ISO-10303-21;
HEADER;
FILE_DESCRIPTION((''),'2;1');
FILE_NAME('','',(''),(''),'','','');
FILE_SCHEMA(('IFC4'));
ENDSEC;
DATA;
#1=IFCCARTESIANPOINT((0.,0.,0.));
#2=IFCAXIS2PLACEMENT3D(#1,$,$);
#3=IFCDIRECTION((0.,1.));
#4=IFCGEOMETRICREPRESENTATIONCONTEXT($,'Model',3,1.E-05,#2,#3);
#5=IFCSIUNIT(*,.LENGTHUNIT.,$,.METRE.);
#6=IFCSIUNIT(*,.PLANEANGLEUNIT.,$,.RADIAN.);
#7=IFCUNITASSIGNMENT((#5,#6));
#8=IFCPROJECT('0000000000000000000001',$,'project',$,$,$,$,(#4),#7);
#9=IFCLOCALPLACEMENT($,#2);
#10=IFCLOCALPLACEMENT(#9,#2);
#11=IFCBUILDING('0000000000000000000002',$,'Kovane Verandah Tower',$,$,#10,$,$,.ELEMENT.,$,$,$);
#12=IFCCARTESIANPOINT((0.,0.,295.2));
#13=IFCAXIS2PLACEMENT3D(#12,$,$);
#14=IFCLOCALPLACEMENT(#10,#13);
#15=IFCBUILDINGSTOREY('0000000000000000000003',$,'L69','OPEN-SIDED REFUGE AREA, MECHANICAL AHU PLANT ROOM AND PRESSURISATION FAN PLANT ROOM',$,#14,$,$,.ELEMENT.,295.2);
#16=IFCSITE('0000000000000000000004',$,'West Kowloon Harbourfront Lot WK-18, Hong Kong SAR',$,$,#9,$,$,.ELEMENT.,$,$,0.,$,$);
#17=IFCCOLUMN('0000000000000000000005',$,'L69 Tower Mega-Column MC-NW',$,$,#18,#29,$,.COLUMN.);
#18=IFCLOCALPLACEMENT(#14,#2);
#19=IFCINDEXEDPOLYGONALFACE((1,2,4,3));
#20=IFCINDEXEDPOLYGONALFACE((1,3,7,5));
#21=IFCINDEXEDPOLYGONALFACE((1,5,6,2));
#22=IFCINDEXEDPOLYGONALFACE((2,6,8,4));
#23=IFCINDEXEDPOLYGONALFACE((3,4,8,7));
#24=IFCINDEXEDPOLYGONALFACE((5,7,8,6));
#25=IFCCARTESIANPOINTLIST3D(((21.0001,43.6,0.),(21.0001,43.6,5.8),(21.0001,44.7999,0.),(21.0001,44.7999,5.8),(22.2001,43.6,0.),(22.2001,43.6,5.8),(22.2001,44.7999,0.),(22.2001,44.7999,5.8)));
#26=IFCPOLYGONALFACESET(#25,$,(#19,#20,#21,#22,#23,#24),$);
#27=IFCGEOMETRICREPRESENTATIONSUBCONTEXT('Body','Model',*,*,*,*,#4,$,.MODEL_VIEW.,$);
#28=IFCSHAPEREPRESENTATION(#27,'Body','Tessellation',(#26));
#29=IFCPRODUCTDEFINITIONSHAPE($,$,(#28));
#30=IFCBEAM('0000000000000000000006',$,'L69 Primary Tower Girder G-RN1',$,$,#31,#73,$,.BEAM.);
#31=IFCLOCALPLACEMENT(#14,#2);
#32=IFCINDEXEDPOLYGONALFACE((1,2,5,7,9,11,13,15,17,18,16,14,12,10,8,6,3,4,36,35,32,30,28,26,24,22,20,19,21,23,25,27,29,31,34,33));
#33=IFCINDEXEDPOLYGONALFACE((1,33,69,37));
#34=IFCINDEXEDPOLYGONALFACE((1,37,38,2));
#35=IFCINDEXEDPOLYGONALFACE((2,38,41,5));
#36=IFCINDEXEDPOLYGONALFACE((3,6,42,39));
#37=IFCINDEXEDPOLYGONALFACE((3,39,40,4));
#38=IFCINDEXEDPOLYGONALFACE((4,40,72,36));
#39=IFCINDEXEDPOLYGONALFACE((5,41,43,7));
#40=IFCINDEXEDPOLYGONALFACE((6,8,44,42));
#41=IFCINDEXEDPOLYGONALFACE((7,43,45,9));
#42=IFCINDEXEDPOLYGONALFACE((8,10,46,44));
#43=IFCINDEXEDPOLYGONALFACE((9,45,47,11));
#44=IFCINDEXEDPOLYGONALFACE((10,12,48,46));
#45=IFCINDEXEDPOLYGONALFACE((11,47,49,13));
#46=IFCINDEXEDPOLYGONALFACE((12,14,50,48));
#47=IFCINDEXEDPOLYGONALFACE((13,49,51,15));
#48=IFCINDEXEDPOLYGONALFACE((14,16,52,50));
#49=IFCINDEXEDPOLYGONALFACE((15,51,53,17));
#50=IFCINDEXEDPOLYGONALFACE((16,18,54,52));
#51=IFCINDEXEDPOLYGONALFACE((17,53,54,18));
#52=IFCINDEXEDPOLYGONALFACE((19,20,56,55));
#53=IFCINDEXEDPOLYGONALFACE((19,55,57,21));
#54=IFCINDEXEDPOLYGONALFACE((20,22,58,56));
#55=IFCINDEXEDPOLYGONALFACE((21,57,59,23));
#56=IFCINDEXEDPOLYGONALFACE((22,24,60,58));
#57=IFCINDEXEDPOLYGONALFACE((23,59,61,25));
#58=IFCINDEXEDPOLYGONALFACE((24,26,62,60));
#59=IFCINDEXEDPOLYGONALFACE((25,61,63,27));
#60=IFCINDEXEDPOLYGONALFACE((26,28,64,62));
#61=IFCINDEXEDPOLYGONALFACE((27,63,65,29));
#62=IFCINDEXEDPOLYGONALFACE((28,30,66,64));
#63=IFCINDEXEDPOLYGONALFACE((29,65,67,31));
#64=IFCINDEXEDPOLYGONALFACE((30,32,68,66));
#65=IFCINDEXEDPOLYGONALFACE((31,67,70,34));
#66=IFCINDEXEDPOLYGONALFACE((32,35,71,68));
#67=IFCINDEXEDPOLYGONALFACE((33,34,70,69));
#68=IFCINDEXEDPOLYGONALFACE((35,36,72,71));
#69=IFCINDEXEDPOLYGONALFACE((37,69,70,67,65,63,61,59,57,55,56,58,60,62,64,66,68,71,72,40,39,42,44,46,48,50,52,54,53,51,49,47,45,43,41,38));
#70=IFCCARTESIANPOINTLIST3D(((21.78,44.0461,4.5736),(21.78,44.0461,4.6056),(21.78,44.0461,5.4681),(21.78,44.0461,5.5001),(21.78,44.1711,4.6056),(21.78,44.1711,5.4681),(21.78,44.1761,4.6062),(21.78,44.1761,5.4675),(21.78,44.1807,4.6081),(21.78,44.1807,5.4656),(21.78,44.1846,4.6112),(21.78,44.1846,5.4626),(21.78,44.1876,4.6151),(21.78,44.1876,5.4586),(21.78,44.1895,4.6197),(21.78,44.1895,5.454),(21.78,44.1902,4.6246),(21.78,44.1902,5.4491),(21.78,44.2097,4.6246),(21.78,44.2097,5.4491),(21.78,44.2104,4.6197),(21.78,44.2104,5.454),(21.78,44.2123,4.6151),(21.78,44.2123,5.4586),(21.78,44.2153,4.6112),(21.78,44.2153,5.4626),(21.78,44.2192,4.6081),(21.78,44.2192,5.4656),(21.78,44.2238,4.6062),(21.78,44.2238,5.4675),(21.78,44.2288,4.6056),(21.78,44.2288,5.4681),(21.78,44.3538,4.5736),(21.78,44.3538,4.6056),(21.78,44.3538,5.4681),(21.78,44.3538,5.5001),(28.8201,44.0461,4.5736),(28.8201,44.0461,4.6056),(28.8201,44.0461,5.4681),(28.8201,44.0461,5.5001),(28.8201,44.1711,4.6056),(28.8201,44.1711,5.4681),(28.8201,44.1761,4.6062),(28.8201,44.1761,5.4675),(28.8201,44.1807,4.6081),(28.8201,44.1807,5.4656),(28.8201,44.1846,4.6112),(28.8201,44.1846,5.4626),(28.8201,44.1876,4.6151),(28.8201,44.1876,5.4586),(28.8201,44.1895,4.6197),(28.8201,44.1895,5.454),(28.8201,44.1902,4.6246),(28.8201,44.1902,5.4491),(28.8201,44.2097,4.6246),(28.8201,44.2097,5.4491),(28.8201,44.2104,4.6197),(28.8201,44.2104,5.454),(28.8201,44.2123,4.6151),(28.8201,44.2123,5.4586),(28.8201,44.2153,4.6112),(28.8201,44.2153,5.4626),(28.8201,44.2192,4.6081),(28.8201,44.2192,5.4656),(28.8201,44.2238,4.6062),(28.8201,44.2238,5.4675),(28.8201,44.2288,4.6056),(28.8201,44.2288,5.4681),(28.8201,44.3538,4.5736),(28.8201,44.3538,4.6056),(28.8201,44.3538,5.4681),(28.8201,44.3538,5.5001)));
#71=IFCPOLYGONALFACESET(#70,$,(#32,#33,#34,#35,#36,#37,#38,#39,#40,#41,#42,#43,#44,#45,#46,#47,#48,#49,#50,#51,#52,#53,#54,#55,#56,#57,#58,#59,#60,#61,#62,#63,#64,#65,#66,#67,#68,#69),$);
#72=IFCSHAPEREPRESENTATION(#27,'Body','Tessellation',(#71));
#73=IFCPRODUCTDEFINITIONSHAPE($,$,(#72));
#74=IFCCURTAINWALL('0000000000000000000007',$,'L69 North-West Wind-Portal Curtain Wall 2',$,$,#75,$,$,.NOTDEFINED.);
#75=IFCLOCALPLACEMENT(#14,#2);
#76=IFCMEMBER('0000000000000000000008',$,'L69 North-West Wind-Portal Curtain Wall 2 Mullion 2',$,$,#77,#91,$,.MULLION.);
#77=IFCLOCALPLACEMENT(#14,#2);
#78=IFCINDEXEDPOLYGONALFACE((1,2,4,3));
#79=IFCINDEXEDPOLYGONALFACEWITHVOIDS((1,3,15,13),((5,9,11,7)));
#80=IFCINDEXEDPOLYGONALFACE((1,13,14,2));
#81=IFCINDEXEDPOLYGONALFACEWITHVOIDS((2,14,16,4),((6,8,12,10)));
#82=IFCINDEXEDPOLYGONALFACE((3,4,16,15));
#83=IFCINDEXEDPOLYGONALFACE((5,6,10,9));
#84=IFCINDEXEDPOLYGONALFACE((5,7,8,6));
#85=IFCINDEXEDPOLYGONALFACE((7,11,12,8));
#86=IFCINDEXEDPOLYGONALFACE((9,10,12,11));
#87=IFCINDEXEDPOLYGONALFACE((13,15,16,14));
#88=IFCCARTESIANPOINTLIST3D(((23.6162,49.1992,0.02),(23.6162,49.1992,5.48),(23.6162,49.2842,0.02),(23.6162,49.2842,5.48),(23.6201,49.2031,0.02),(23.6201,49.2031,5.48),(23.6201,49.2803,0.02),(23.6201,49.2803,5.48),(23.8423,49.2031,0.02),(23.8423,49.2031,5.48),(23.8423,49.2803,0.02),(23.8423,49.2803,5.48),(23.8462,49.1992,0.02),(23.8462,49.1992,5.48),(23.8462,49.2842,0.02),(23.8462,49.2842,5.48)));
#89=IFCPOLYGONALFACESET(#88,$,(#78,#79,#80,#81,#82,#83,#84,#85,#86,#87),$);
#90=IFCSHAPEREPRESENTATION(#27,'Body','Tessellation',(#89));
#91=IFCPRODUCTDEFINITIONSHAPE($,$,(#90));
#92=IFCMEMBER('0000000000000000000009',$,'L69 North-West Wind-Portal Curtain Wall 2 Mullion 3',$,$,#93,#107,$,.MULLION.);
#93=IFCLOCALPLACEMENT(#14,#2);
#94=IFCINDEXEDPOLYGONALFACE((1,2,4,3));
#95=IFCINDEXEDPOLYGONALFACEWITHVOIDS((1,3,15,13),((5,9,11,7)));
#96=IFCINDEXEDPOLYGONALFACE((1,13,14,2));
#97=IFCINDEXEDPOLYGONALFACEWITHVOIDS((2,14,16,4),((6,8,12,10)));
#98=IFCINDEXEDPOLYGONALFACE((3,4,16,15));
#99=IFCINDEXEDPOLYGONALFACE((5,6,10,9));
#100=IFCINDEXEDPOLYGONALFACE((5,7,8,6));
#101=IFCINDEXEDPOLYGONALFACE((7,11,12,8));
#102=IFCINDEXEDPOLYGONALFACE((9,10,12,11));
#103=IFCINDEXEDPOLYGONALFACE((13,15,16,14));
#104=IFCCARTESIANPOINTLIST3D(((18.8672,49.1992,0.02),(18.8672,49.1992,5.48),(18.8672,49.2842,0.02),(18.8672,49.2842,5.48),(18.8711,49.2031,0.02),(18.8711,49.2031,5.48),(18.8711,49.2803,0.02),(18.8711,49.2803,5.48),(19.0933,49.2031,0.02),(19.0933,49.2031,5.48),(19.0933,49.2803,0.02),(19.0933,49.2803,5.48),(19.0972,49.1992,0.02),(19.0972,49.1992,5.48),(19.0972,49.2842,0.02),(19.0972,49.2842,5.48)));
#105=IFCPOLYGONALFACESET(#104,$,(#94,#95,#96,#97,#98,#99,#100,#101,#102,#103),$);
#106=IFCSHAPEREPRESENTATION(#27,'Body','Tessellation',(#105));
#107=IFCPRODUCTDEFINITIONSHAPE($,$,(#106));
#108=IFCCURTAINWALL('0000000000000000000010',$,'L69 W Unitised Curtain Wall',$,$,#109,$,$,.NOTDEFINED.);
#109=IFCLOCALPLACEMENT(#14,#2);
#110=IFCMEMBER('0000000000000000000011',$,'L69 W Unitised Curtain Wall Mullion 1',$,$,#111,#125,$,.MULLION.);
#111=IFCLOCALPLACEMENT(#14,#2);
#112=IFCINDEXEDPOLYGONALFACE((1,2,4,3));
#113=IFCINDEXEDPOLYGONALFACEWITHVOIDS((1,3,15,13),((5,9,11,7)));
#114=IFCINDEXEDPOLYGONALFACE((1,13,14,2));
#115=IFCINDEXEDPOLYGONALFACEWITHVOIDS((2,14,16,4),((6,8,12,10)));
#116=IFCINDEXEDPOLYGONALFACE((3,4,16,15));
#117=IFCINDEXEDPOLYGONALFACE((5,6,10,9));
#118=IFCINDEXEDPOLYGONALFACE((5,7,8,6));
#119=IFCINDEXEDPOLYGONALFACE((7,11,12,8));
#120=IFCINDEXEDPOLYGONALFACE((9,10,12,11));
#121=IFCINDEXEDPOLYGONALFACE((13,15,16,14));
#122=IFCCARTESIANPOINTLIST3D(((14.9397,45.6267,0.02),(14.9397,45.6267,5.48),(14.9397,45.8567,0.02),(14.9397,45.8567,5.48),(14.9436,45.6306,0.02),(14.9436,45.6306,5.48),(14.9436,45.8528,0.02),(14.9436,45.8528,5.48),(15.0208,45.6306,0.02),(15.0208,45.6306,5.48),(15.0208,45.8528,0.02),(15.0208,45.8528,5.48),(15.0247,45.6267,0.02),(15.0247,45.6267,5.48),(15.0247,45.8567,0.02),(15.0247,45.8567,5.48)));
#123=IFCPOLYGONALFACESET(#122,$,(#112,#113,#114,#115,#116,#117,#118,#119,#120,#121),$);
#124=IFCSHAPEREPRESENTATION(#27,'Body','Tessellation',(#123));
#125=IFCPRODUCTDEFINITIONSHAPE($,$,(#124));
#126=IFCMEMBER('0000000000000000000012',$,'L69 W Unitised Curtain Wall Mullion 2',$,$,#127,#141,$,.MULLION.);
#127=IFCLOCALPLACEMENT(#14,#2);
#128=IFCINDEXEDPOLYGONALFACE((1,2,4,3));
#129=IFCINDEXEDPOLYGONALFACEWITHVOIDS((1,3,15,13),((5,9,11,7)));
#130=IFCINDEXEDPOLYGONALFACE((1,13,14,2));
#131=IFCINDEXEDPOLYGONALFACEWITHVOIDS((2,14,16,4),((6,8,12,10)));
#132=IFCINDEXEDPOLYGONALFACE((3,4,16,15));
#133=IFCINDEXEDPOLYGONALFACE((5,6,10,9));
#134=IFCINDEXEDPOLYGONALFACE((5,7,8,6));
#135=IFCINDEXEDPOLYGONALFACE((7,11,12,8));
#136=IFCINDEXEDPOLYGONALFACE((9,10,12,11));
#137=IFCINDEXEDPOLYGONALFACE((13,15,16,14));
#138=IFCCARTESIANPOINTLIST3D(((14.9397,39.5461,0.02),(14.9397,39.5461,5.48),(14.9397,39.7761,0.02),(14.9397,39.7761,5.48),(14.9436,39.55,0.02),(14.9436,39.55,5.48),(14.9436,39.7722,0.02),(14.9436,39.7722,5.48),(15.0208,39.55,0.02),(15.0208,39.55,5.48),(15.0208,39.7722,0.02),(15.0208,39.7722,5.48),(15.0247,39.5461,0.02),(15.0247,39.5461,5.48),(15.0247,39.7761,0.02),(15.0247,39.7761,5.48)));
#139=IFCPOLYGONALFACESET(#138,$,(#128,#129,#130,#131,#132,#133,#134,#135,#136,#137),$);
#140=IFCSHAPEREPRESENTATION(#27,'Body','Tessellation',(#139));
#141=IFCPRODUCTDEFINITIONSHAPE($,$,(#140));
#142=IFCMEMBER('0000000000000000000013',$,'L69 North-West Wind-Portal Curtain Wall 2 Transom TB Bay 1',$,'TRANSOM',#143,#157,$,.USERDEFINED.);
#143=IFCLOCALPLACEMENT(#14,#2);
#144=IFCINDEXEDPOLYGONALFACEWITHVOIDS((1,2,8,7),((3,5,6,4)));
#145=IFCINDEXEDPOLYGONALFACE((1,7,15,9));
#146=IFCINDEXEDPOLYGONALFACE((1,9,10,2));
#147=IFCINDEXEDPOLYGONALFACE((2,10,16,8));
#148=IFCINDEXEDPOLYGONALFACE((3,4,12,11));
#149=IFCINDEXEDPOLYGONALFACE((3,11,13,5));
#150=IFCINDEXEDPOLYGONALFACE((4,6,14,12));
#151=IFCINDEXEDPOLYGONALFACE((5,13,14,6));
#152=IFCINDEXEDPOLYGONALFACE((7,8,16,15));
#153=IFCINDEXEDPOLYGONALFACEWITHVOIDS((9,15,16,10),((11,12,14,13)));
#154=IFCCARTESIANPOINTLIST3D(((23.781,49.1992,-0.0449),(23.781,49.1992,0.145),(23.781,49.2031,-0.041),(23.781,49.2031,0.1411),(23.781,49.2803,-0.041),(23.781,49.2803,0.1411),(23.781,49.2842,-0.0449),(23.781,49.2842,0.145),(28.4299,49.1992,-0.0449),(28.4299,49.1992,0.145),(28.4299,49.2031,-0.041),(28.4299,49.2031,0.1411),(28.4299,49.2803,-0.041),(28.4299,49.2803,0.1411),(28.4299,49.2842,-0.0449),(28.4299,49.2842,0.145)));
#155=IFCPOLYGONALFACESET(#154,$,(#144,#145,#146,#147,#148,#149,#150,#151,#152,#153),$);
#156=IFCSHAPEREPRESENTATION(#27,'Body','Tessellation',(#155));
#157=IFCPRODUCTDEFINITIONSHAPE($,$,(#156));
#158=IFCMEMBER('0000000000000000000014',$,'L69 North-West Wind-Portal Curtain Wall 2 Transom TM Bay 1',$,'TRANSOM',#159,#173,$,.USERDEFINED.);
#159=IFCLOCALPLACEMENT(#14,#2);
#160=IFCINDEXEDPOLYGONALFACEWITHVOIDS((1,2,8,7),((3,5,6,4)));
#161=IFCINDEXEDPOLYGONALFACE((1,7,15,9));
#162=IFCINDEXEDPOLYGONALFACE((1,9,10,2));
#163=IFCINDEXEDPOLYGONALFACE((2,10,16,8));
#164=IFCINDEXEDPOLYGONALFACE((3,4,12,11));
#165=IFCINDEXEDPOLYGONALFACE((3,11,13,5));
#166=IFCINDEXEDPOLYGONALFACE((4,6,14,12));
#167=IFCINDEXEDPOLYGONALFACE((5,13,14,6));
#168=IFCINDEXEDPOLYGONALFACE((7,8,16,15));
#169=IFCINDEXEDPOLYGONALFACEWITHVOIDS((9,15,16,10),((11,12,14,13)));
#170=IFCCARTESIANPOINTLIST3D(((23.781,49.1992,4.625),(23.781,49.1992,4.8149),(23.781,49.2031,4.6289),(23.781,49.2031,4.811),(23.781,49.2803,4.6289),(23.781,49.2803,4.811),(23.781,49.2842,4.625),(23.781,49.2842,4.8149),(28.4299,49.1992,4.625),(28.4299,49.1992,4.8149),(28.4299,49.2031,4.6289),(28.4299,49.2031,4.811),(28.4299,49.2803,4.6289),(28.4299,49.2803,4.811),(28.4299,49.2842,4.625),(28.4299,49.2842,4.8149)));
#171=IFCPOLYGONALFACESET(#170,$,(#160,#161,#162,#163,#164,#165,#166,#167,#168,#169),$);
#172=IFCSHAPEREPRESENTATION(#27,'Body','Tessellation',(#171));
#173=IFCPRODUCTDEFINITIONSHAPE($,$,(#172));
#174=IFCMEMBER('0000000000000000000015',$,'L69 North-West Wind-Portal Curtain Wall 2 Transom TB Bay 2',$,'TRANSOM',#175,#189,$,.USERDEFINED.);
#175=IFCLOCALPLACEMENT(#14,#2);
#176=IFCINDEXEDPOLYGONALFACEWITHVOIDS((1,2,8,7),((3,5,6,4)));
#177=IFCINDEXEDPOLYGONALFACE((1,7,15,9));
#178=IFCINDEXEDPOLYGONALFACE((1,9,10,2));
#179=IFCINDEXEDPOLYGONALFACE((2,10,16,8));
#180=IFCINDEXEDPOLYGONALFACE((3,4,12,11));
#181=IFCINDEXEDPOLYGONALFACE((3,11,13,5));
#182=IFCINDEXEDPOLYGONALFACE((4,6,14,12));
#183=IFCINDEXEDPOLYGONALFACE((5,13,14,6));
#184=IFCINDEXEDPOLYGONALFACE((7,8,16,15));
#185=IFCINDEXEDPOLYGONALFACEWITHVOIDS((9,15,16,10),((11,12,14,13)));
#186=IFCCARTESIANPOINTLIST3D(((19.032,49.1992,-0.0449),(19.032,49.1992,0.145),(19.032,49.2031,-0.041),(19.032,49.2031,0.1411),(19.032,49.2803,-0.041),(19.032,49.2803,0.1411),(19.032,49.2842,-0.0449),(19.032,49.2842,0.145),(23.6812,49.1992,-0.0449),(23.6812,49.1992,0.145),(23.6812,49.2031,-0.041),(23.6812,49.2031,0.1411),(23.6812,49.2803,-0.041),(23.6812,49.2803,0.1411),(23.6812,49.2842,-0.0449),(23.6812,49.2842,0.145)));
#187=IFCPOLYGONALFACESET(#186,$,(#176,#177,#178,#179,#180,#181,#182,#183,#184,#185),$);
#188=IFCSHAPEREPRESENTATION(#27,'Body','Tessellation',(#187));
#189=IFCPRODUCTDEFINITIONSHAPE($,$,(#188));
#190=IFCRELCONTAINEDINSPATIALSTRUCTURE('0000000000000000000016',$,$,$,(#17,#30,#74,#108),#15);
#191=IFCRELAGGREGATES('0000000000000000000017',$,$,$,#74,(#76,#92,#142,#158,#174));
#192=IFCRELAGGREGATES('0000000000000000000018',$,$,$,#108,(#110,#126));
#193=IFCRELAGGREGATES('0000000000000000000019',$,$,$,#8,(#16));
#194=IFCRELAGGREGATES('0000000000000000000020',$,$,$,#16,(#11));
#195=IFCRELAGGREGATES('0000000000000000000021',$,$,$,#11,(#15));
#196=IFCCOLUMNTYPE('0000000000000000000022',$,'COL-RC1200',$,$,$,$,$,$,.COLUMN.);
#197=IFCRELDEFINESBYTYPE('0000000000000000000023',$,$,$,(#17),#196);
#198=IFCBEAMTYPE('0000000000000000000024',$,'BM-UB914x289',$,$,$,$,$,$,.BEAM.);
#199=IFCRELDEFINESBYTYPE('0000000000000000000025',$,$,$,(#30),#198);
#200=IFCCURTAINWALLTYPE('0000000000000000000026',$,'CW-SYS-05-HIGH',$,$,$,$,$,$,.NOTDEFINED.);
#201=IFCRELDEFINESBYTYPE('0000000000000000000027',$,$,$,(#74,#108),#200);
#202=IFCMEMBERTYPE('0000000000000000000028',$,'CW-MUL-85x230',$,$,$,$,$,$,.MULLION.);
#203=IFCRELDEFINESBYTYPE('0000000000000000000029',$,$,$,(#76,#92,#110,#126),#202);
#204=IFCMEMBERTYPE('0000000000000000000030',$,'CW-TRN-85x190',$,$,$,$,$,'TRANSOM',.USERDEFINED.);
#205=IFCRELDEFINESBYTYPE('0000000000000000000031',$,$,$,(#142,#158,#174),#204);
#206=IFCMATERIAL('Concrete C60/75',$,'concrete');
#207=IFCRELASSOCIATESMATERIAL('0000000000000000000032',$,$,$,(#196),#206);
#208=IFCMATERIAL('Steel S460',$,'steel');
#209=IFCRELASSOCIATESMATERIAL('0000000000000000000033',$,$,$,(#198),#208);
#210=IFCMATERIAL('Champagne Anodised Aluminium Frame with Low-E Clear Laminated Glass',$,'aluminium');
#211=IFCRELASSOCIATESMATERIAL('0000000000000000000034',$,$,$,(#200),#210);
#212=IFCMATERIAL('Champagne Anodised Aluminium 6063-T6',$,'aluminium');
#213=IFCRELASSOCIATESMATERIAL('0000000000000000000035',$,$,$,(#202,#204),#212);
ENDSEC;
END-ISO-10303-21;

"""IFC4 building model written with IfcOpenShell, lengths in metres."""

from ifc_helpers import new_model, si_unit, direction, frame, origin, origin_2d, place, context, subcontext, project, spatial, rectangle, hollow_rectangle, i_section, extrude, material, material_profile, profile_set, type_object, element, aggregate, save


model = new_model("IFC4")

# Units and contexts
model_context = context("Model", 3, precision=1e-05, world=origin(), true_north=direction((0.0, 1.0)))
body_context = subcontext(model_context, "Body", "Model", "MODEL_VIEW")
ifc_project = project(units=[si_unit("LENGTHUNIT", "METRE"), si_unit("PLANEANGLEUNIT", "RADIAN")], contexts=[model_context])

# Site, building, storey
site_placement = place(None, origin())
site = spatial("IfcSite", under=ifc_project, at=site_placement, Name="West Kowloon Harbourfront Lot WK-18, Hong Kong SAR", CompositionType="ELEMENT", RefElevation=0.0)
building_placement = place(site_placement, origin())
building = spatial("IfcBuilding", under=site, at=building_placement, Name="Kovane Verandah Tower", CompositionType="ELEMENT")
storey_placement = place(building_placement, frame((0.0, 0.0, 295.2)))
storey = spatial("IfcBuildingStorey", under=building, at=storey_placement, Name="L69", Description="OPEN-SIDED REFUGE AREA, MECHANICAL AHU PLANT ROOM AND PRESSURISATION FAN PLANT ROOM", CompositionType="ELEMENT", Elevation=295.2)

# Column
ifc_material_1 = material(Name="Concrete C60/75", Category="concrete")
ifc_material_profile_1 = material_profile(ifc_material_1, rectangle(XDim=1.2, YDim=1.2, at=origin_2d()), Name="RC1200x1200")
ifc_profile_set_1 = profile_set([ifc_material_profile_1], Name="Concrete C60/75")
column_type = type_object("IfcColumnType", Name="COL-RC1200", PredefinedType="COLUMN", material=ifc_profile_set_1)
column_placement = place(storey_placement, frame((21.6001, 44.2, 0.0), z_axis=(0.0, 0.0, 1.0), x_axis=(1.0, 0.0, 0.0)))
element("IfcColumn", 1, at=column_placement, inside=storey, type_object=column_type, Name="L69 Tower Mega-Column MC-NW", PredefinedType="COLUMN", context=body_context, shape_type="SweptSolid", body=[
    extrude(rectangle(XDim=1.2, YDim=1.2, at=origin_2d()), origin(), (0.0, 0.0, 1.0), 5.8),
])

# Beam
ifc_material_2 = material(Name="Steel S460", Category="steel")
ifc_material_profile_2 = material_profile(ifc_material_2, i_section(OverallWidth=0.3076, OverallDepth=0.9265, WebThickness=0.0195, FlangeThickness=0.032, FilletRadius=0.019, at=origin_2d()), Name="UB914x305x289")
ifc_profile_set_2 = profile_set([ifc_material_profile_2], Name="Steel S460")
beam_type = type_object("IfcBeamType", Name="BM-UB914x289", PredefinedType="BEAM", material=ifc_profile_set_2)
beam_placement = place(storey_placement, frame((21.78, 44.2, 5.0369), z_axis=(1.0, 0.0, 0.0), x_axis=(0.0, 1.0, 0.0)))
element("IfcBeam", 2, at=beam_placement, inside=storey, type_object=beam_type, Name="L69 Primary Tower Girder G-RN1", PredefinedType="BEAM", context=body_context, shape_type="SweptSolid", body=[
    extrude(i_section(OverallWidth=0.3076, OverallDepth=0.9265, WebThickness=0.0195, FlangeThickness=0.032, FilletRadius=0.019, at=origin_2d()), origin(), (0.0, 0.0, 1.0), 7.04),
])

# Curtain walls, members
ifc_material_3 = material(Name="Champagne Anodised Aluminium Frame with Low-E Clear Laminated Glass", Category="aluminium")
curtain_wall_type = type_object("IfcCurtainWallType", Name="CW-SYS-05-HIGH", PredefinedType="NOTDEFINED", material=ifc_material_3)
curtain_wall_1_placement = place(storey_placement, origin())
curtain_wall_1 = element("IfcCurtainWall", 3, at=curtain_wall_1_placement, inside=storey, type_object=curtain_wall_type, Name="L69 North-West Wind-Portal Curtain Wall 2", PredefinedType="NOTDEFINED")
ifc_material_4 = material(Name="Champagne Anodised Aluminium 6063-T6", Category="aluminium")
ifc_material_profile_3 = material_profile(ifc_material_4, hollow_rectangle(XDim=0.085, YDim=0.23, WallThickness=0.0039, at=origin_2d()), Name="AL85x230x4")
ifc_profile_set_3 = profile_set([ifc_material_profile_3], Name="Champagne Anodised Aluminium 6063-T6")
member_type_1 = type_object("IfcMemberType", Name="CW-MUL-85x230", PredefinedType="MULLION", material=ifc_profile_set_3)
member_1_placement = place(storey_placement, frame((23.7312, 49.2417, 0.02), z_axis=(0.0, 0.0, 1.0), x_axis=(0.0, 1.0, 0.0)))
member_1 = element("IfcMember", 4, at=member_1_placement, type_object=member_type_1, Name="L69 North-West Wind-Portal Curtain Wall 2 Mullion 2", PredefinedType="MULLION", context=body_context, shape_type="SweptSolid", body=[
    extrude(hollow_rectangle(XDim=0.085, YDim=0.23, WallThickness=0.0039, at=origin_2d()), origin(), (0.0, 0.0, 1.0), 5.46),
])
member_2_placement = place(storey_placement, frame((18.9822, 49.2417, 0.02), z_axis=(0.0, 0.0, 1.0), x_axis=(0.0, 1.0, 0.0)))
member_2 = element("IfcMember", 5, at=member_2_placement, type_object=member_type_1, Name="L69 North-West Wind-Portal Curtain Wall 2 Mullion 3", PredefinedType="MULLION", context=body_context, shape_type="SweptSolid", body=[
    extrude(hollow_rectangle(XDim=0.085, YDim=0.23, WallThickness=0.0039, at=origin_2d()), origin(), (0.0, 0.0, 1.0), 5.46),
])
curtain_wall_2_placement = place(storey_placement, origin())
curtain_wall_2 = element("IfcCurtainWall", 6, at=curtain_wall_2_placement, inside=storey, type_object=curtain_wall_type, Name="L69 W Unitised Curtain Wall", PredefinedType="NOTDEFINED")
member_3_placement = place(storey_placement, frame((14.9822, 45.7417, 0.02), z_axis=(0.0, 0.0, 1.0), x_axis=(-1.0, 0.0, 0.0)))
member_3 = element("IfcMember", 7, at=member_3_placement, type_object=member_type_1, Name="L69 W Unitised Curtain Wall Mullion 1", PredefinedType="MULLION", context=body_context, shape_type="SweptSolid", body=[
    extrude(hollow_rectangle(XDim=0.085, YDim=0.23, WallThickness=0.0039, at=origin_2d()), origin(), (0.0, 0.0, 1.0), 5.46),
])
member_4_placement = place(storey_placement, frame((14.9822, 39.6611, 0.02), z_axis=(0.0, 0.0, 1.0), x_axis=(-1.0, 0.0, 0.0)))
member_4 = element("IfcMember", 8, at=member_4_placement, type_object=member_type_1, Name="L69 W Unitised Curtain Wall Mullion 2", PredefinedType="MULLION", context=body_context, shape_type="SweptSolid", body=[
    extrude(hollow_rectangle(XDim=0.085, YDim=0.23, WallThickness=0.0039, at=origin_2d()), origin(), (0.0, 0.0, 1.0), 5.46),
])

# Members
ifc_material_profile_4 = material_profile(ifc_material_4, hollow_rectangle(XDim=0.085, YDim=0.1899, WallThickness=0.0039, at=origin_2d()), Name="AL85x190x4")
ifc_profile_set_4 = profile_set([ifc_material_profile_4], Name="Champagne Anodised Aluminium 6063-T6")
member_type_2 = type_object("IfcMemberType", Name="CW-TRN-85x190", ElementType="TRANSOM", PredefinedType="USERDEFINED", material=ifc_profile_set_4)
member_5_placement = place(storey_placement, frame((28.4299, 49.2417, 0.05), z_axis=(-1.0, 0.0, 0.0), x_axis=(0.0, -1.0, 0.0)))
member_5 = element("IfcMember", 9, at=member_5_placement, type_object=member_type_2, Name="L69 North-West Wind-Portal Curtain Wall 2 Transom TB Bay 1", ObjectType="TRANSOM", PredefinedType="USERDEFINED", context=body_context, shape_type="SweptSolid", body=[
    extrude(hollow_rectangle(XDim=0.085, YDim=0.1899, WallThickness=0.0039, at=origin_2d()), origin(), (0.0, 0.0, 1.0), 4.6489),
])
member_6_placement = place(storey_placement, frame((28.4299, 49.2417, 4.72), z_axis=(-1.0, 0.0, 0.0), x_axis=(0.0, -1.0, 0.0)))
member_6 = element("IfcMember", 10, at=member_6_placement, type_object=member_type_2, Name="L69 North-West Wind-Portal Curtain Wall 2 Transom TM Bay 1", ObjectType="TRANSOM", PredefinedType="USERDEFINED", context=body_context, shape_type="SweptSolid", body=[
    extrude(hollow_rectangle(XDim=0.085, YDim=0.1899, WallThickness=0.0039, at=origin_2d()), origin(), (0.0, 0.0, 1.0), 4.6489),
])
member_7_placement = place(storey_placement, frame((23.6812, 49.2417, 0.05), z_axis=(-1.0, 0.0, 0.0), x_axis=(0.0, -1.0, 0.0)))
member_7 = element("IfcMember", 11, at=member_7_placement, type_object=member_type_2, Name="L69 North-West Wind-Portal Curtain Wall 2 Transom TB Bay 2", ObjectType="TRANSOM", PredefinedType="USERDEFINED", context=body_context, shape_type="SweptSolid", body=[
    extrude(hollow_rectangle(XDim=0.085, YDim=0.1899, WallThickness=0.0039, at=origin_2d()), origin(), (0.0, 0.0, 1.0), 4.6492),
])

aggregate(curtain_wall_1, [member_1, member_2, member_5, member_6, member_7])
aggregate(curtain_wall_2, [member_3, member_4])

save(model, "model.ifc")
